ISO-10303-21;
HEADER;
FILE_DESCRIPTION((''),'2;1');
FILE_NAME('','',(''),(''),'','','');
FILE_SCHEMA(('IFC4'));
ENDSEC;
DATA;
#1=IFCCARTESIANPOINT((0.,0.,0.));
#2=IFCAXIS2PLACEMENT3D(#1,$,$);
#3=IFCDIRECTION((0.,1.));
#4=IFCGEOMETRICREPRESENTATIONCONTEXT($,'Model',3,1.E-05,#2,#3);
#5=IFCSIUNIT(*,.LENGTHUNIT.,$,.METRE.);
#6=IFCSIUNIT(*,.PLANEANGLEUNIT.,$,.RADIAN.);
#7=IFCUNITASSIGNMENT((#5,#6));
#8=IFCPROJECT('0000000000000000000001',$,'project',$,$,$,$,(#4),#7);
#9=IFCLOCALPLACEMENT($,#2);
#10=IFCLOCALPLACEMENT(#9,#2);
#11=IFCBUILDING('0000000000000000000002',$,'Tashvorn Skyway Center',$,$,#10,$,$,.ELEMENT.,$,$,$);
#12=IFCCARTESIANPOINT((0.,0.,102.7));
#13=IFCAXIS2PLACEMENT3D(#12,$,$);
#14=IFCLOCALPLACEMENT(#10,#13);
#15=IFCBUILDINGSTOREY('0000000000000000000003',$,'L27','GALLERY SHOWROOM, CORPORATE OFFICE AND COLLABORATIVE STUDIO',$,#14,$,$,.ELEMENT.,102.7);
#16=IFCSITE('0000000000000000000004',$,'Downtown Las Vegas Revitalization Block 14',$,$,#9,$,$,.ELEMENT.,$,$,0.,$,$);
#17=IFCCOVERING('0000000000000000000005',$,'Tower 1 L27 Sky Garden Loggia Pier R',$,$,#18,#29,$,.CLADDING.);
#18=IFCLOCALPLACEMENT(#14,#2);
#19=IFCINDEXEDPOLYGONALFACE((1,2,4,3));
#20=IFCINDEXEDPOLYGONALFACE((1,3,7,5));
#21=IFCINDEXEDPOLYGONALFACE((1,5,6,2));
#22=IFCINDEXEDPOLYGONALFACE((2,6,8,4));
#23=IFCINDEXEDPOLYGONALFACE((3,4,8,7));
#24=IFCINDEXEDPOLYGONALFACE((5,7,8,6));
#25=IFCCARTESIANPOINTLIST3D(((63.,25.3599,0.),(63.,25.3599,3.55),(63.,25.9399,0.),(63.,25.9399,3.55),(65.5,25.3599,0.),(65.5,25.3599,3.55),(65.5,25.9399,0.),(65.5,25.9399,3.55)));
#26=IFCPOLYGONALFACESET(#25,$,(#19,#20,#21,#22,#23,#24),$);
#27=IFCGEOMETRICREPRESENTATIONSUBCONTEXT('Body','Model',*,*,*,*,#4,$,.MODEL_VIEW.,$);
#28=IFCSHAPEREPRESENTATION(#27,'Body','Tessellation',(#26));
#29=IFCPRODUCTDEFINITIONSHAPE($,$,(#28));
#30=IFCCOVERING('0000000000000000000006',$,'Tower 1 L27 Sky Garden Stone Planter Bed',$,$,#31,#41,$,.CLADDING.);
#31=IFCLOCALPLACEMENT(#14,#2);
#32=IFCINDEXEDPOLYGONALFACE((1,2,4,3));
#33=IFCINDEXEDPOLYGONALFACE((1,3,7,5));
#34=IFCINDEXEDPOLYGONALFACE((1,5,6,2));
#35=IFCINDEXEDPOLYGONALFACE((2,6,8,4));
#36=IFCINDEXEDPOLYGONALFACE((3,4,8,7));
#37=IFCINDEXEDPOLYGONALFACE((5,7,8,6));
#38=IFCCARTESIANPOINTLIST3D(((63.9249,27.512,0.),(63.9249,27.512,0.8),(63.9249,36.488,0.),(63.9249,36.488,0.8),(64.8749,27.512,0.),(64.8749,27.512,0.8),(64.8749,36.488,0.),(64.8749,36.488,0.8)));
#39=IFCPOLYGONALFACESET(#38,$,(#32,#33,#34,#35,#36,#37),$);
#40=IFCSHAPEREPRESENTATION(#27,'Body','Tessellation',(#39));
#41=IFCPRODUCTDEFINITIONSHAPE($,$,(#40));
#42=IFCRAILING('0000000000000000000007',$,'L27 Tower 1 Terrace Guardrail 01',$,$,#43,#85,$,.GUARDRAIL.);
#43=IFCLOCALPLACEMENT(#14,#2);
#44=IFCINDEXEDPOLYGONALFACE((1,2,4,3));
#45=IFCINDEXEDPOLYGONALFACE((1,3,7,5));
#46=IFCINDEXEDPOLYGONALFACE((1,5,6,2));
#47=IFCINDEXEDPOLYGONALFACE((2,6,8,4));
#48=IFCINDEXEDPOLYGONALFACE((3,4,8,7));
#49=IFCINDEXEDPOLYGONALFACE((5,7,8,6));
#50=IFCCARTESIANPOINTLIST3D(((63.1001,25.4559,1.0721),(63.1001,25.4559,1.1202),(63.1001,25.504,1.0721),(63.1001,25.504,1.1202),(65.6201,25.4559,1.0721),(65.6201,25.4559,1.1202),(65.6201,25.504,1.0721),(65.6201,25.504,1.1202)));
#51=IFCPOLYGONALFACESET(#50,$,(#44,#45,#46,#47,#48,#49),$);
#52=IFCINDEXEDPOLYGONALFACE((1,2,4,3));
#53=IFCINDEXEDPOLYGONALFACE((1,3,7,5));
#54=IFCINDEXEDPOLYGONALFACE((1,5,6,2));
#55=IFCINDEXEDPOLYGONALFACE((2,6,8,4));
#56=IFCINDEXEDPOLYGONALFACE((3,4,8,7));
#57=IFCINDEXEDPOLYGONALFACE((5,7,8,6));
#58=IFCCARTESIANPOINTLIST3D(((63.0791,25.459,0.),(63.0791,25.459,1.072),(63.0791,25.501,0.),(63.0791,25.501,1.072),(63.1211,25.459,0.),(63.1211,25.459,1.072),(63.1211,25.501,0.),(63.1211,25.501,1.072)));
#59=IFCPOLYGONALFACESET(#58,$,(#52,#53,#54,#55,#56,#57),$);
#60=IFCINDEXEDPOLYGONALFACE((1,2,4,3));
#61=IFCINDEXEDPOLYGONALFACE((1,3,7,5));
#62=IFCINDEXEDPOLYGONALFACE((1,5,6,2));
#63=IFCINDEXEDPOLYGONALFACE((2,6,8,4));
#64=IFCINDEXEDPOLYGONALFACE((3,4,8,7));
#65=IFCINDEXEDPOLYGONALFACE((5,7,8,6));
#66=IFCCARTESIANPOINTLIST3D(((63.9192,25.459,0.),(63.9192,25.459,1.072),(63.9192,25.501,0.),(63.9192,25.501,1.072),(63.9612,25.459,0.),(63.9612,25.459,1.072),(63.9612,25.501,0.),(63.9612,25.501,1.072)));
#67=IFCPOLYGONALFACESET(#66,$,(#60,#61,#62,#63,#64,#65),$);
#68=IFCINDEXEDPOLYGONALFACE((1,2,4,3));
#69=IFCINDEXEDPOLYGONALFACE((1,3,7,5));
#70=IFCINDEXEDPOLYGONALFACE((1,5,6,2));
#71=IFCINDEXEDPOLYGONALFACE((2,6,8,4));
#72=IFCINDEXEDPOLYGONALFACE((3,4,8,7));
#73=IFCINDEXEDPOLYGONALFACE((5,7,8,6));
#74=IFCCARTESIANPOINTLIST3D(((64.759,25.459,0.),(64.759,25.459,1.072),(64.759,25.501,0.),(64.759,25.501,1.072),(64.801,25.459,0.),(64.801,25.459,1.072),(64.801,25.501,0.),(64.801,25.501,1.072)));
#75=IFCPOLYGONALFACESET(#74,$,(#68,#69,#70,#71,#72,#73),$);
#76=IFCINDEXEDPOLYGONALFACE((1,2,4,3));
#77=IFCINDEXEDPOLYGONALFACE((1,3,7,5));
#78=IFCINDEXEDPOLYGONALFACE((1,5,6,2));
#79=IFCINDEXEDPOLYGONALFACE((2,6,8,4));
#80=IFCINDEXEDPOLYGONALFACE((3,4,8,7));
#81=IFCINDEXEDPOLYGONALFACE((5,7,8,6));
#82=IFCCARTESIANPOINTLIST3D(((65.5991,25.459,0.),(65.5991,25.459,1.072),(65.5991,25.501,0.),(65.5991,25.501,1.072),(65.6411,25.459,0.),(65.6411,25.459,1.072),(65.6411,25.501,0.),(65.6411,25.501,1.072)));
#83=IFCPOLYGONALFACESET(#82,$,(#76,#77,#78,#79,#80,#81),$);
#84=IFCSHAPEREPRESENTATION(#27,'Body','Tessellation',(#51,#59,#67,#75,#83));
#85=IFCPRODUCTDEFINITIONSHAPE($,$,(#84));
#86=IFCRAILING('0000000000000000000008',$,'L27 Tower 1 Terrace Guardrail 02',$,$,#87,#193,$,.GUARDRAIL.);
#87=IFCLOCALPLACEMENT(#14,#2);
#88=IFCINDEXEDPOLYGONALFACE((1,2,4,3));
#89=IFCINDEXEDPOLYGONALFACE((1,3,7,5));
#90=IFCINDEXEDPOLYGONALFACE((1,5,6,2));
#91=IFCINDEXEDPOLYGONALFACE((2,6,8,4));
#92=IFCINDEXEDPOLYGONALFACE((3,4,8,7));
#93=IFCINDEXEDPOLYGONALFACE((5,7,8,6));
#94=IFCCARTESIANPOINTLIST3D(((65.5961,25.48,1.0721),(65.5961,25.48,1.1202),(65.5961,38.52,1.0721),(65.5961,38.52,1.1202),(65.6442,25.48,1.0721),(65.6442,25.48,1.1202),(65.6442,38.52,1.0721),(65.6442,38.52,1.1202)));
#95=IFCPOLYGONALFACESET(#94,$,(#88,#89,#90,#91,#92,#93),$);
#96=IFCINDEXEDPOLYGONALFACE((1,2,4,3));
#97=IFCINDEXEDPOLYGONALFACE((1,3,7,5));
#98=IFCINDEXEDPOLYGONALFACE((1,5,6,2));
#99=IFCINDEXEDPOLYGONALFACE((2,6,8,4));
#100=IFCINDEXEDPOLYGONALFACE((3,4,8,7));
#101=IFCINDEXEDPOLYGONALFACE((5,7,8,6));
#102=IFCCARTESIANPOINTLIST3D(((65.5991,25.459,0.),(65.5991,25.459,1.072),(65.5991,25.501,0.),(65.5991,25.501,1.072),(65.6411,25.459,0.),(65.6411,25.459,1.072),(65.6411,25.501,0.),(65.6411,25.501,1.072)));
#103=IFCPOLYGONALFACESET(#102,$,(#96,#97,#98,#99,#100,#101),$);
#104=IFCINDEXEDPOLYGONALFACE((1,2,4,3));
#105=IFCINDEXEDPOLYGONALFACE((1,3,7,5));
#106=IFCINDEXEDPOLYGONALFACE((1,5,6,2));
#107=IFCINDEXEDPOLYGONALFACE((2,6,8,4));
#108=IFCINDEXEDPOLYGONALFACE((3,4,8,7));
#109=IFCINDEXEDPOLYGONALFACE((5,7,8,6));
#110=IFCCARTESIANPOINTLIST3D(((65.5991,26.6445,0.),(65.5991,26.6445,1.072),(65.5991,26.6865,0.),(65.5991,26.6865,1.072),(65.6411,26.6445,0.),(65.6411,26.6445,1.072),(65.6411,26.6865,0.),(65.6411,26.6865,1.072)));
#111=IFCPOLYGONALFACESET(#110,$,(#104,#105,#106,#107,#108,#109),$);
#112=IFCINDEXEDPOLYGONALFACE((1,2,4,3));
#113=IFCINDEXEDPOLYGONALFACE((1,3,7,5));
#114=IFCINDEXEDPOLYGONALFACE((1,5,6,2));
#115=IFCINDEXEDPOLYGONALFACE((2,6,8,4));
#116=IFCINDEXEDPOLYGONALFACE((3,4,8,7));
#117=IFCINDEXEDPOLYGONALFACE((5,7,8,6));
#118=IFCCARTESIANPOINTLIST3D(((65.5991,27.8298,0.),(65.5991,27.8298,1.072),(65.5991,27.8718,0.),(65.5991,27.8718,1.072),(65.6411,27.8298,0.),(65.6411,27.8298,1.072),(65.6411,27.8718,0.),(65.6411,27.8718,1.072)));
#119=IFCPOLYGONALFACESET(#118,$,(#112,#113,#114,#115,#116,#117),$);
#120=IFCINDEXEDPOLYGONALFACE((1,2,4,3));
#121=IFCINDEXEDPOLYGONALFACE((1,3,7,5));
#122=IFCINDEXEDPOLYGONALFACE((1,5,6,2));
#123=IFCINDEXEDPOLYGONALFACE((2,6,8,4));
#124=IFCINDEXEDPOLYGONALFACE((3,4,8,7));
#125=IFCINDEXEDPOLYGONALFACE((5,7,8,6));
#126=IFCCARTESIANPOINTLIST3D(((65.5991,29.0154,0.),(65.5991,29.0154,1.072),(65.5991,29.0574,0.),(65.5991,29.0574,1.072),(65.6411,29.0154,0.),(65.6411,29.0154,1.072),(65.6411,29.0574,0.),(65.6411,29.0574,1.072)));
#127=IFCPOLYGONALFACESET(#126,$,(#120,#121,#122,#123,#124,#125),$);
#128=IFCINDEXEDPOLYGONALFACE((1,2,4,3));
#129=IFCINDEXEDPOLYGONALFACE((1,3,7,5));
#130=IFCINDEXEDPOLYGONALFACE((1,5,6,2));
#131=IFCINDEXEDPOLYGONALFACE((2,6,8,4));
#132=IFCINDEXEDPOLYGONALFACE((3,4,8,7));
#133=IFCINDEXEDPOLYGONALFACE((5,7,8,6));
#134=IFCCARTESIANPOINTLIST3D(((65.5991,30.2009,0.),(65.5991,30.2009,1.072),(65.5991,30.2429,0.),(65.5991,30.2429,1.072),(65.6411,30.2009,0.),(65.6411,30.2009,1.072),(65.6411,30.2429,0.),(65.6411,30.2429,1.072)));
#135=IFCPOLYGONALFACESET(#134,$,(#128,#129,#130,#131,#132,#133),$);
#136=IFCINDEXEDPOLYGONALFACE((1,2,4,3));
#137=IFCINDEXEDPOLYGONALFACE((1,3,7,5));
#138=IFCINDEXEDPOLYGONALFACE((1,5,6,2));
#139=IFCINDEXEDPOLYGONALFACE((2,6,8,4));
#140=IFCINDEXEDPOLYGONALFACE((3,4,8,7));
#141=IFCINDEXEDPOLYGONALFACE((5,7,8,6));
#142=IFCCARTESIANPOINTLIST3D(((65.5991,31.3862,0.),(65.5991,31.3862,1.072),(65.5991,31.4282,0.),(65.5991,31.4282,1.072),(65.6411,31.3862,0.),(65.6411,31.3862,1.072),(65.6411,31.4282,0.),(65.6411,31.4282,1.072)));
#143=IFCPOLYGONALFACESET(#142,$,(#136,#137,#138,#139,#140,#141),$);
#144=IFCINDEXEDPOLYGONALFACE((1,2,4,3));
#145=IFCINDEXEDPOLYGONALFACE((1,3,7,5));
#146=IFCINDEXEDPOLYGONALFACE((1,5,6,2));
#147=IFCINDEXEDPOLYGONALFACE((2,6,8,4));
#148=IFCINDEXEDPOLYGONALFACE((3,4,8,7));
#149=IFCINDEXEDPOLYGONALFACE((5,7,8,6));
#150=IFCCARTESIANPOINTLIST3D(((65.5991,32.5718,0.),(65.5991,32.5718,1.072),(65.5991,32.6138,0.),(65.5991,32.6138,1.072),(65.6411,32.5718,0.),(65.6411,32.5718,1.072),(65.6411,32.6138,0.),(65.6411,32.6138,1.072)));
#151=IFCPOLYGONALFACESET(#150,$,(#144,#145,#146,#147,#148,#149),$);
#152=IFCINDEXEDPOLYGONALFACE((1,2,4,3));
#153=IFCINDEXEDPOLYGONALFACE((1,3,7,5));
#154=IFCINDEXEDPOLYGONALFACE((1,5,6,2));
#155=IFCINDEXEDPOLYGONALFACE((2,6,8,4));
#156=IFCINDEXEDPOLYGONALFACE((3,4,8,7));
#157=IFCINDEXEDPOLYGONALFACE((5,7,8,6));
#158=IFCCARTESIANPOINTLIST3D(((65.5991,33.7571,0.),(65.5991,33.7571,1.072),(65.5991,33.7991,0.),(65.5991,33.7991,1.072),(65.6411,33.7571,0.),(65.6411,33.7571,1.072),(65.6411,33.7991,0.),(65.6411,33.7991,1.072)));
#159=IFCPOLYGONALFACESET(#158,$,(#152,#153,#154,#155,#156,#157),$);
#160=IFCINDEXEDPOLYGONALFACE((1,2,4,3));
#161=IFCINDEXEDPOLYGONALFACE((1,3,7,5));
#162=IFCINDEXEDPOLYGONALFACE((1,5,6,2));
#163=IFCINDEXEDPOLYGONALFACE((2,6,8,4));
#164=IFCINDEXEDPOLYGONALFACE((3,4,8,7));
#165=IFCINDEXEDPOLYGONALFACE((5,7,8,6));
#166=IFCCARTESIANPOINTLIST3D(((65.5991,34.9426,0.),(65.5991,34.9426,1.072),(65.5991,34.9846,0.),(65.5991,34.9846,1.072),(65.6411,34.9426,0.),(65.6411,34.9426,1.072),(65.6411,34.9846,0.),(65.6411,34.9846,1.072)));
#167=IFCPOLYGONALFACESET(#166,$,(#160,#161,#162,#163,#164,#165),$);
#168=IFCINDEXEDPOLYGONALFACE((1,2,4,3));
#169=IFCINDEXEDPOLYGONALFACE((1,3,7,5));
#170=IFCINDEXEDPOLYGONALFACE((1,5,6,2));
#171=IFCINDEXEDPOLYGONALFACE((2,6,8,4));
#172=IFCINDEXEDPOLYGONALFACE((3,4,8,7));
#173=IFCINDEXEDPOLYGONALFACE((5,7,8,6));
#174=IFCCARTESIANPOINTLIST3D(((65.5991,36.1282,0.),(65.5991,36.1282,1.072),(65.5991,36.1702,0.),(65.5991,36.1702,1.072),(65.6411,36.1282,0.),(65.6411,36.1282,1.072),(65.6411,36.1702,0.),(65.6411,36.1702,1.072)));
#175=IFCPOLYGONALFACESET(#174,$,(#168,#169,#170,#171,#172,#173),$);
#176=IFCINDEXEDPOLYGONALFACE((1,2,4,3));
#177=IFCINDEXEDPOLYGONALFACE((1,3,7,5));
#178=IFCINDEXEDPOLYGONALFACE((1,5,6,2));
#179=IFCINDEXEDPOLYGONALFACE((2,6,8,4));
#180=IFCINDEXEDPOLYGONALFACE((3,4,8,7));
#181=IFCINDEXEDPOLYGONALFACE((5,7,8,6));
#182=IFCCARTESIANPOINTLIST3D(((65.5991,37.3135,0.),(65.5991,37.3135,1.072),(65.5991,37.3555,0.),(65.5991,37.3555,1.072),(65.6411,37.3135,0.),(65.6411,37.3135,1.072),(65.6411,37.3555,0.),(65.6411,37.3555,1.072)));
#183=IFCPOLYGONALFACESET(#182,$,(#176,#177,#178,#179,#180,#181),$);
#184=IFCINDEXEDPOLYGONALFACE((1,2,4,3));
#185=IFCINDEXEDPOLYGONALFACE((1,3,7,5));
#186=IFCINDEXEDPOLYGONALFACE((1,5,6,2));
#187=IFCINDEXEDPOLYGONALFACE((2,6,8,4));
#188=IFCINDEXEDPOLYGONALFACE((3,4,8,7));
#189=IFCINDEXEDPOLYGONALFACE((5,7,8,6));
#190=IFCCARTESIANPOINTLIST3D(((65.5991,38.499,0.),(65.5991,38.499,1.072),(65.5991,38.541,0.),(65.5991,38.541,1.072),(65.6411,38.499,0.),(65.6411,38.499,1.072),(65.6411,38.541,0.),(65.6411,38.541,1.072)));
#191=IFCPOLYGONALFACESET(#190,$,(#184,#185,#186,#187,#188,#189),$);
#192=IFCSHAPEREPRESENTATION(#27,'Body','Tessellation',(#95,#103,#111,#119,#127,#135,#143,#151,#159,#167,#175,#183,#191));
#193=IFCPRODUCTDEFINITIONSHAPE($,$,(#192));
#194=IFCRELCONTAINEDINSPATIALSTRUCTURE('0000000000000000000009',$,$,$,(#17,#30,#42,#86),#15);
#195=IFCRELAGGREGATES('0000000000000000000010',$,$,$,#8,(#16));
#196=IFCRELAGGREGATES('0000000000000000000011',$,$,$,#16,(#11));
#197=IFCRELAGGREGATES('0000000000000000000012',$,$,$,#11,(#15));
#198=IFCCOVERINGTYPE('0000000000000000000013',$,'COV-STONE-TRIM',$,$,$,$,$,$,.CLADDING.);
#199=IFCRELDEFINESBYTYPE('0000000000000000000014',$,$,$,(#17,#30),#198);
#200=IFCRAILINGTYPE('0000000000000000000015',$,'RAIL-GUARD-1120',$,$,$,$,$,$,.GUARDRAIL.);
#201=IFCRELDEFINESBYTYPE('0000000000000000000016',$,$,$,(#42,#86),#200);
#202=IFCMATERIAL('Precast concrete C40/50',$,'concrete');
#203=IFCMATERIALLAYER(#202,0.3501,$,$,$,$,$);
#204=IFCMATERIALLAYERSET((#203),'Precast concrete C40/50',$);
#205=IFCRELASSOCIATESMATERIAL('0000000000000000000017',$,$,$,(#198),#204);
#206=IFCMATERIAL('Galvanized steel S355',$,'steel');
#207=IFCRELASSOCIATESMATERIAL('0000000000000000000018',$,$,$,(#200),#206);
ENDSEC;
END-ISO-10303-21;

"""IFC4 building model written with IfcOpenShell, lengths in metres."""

from ifc_helpers import new_model, si_unit, direction, frame, origin, origin_2d, place, context, subcontext, project, spatial, rectangle, extrude, material, layer, layer_set, type_object, element, save


model = new_model("IFC4")

# Units and contexts
model_context = context("Model", 3, precision=1e-05, world=origin(), true_north=direction((0.0, 1.0)))
body_context = subcontext(model_context, "Body", "Model", "MODEL_VIEW")
ifc_project = project(units=[si_unit("LENGTHUNIT", "METRE"), si_unit("PLANEANGLEUNIT", "RADIAN")], contexts=[model_context])

# Site, building, storey
site_placement = place(None, origin())
site = spatial("IfcSite", under=ifc_project, at=site_placement, Name="Downtown Las Vegas Revitalization Block 14", CompositionType="ELEMENT", RefElevation=0.0)
building_placement = place(site_placement, origin())
building = spatial("IfcBuilding", under=site, at=building_placement, Name="Tashvorn Skyway Center", CompositionType="ELEMENT")
storey_placement = place(building_placement, frame((0.0, 0.0, 102.7)))
storey = spatial("IfcBuildingStorey", under=building, at=storey_placement, Name="L27", Description="GALLERY SHOWROOM, CORPORATE OFFICE AND COLLABORATIVE STUDIO", CompositionType="ELEMENT", Elevation=102.7)

# Shared definitions
ifc_material_1 = material(Name="Precast concrete C40/50", Category="concrete")

# Coverings
ifc_layer_1 = layer(ifc_material_1, 0.3501)
ifc_layer_set_1 = layer_set([ifc_layer_1], Name="Precast concrete C40/50")
covering_type_1 = type_object("IfcCoveringType", Name="COV-STONE-TRIM", PredefinedType="CLADDING", material=ifc_layer_set_1)
for number, where, z_axis, x_axis, name in (
    (1, (64.25, 25.6499, 0.0), (0.0, 0.0, 1.0), (0.0, -1.0, 0.0), "Tower 1 L27 Sky Garden Loggia Pier R"),
):
    element("IfcCovering", number, at=place(storey_placement, frame(where, z_axis=z_axis, x_axis=x_axis)), inside=storey, type_object=covering_type_1, Name=name, PredefinedType="CLADDING", context=body_context, shape_type="SweptSolid", body=[
        extrude(rectangle(XDim=0.5801, YDim=2.5, at=origin_2d()), origin(), (0.0, 0.0, 1.0), 3.55),
    ])
covering_placement = place(storey_placement, frame((64.3999, 32.0, 0.0), z_axis=(0.0, 0.0, 1.0), x_axis=(0.0, -1.0, 0.0)))
element("IfcCovering", 2, at=covering_placement, inside=storey, type_object=covering_type_1, Name="Tower 1 L27 Sky Garden Stone Planter Bed", PredefinedType="CLADDING", context=body_context, shape_type="SweptSolid", body=[
    extrude(rectangle(XDim=8.9761, YDim=0.95, at=origin_2d()), origin(), (0.0, 0.0, 1.0), 0.8),
])

# Railings
ifc_material_2 = material(Name="Galvanized steel S355", Category="steel")
railing_type = type_object("IfcRailingType", Name="RAIL-GUARD-1120", PredefinedType="GUARDRAIL", material=ifc_material_2)
railing_1_placement = place(storey_placement, frame((63.1001, 25.48, 0.0)))
element("IfcRailing", 3, at=railing_1_placement, inside=storey, type_object=railing_type, Name="L27 Tower 1 Terrace Guardrail 01", PredefinedType="GUARDRAIL", context=body_context, shape_type="SweptSolid", body=[
    extrude(rectangle(XDim=0.0481, YDim=0.0481, at=origin_2d()), frame((0.0, 0.0, 1.0962), z_axis=(1.0, 0.0, 0.0), x_axis=(0.0, 1.0, 0.0)), (0.0, 0.0, 1.0), 2.52),
    extrude(rectangle(XDim=0.042, YDim=0.042, at=origin_2d()), origin(), (0.0, 0.0, 1.0), 1.072),
    extrude(rectangle(XDim=0.042, YDim=0.042, at=origin_2d()), frame((0.8401, 0.0, 0.0)), (0.0, 0.0, 1.0), 1.072),
    extrude(rectangle(XDim=0.042, YDim=0.042, at=origin_2d()), frame((1.6799, 0.0, 0.0)), (0.0, 0.0, 1.0), 1.072),
    extrude(rectangle(XDim=0.042, YDim=0.042, at=origin_2d()), frame((2.52, 0.0, 0.0)), (0.0, 0.0, 1.0), 1.072),
])
railing_2_placement = place(storey_placement, frame((65.6201, 25.48, 0.0)))
element("IfcRailing", 4, at=railing_2_placement, inside=storey, type_object=railing_type, Name="L27 Tower 1 Terrace Guardrail 02", PredefinedType="GUARDRAIL", context=body_context, shape_type="SweptSolid", body=[
    extrude(rectangle(XDim=0.0481, YDim=0.0481, at=origin_2d()), frame((0.0, 0.0, 1.0962), z_axis=(0.0, 1.0, 0.0), x_axis=(-1.0, 0.0, 0.0)), (0.0, 0.0, 1.0), 13.04),
    extrude(rectangle(XDim=0.042, YDim=0.042, at=origin_2d()), origin(), (0.0, 0.0, 1.0), 1.072),
    extrude(rectangle(XDim=0.042, YDim=0.042, at=origin_2d()), frame((0.0, 1.1855, 0.0)), (0.0, 0.0, 1.0), 1.072),
    extrude(rectangle(XDim=0.042, YDim=0.042, at=origin_2d()), frame((0.0, 2.3708, 0.0)), (0.0, 0.0, 1.0), 1.072),
    extrude(rectangle(XDim=0.042, YDim=0.042, at=origin_2d()), frame((0.0, 3.5564, 0.0)), (0.0, 0.0, 1.0), 1.072),
    extrude(rectangle(XDim=0.042, YDim=0.042, at=origin_2d()), frame((0.0, 4.7419, 0.0)), (0.0, 0.0, 1.0), 1.072),
    extrude(rectangle(XDim=0.042, YDim=0.042, at=origin_2d()), frame((0.0, 5.9272, 0.0)), (0.0, 0.0, 1.0), 1.072),
    extrude(rectangle(XDim=0.042, YDim=0.042, at=origin_2d()), frame((0.0, 7.1128, 0.0)), (0.0, 0.0, 1.0), 1.072),
    extrude(rectangle(XDim=0.042, YDim=0.042, at=origin_2d()), frame((0.0, 8.2981, 0.0)), (0.0, 0.0, 1.0), 1.072),
    extrude(rectangle(XDim=0.042, YDim=0.042, at=origin_2d()), frame((0.0, 9.4836, 0.0)), (0.0, 0.0, 1.0), 1.072),
    extrude(rectangle(XDim=0.042, YDim=0.042, at=origin_2d()), frame((0.0, 10.6692, 0.0)), (0.0, 0.0, 1.0), 1.072),
    extrude(rectangle(XDim=0.042, YDim=0.042, at=origin_2d()), frame((0.0, 11.8545, 0.0)), (0.0, 0.0, 1.0), 1.072),
    extrude(rectangle(XDim=0.042, YDim=0.042, at=origin_2d()), frame((0.0, 13.04, 0.0)), (0.0, 0.0, 1.0), 1.072),
])

save(model, "model.ifc")
